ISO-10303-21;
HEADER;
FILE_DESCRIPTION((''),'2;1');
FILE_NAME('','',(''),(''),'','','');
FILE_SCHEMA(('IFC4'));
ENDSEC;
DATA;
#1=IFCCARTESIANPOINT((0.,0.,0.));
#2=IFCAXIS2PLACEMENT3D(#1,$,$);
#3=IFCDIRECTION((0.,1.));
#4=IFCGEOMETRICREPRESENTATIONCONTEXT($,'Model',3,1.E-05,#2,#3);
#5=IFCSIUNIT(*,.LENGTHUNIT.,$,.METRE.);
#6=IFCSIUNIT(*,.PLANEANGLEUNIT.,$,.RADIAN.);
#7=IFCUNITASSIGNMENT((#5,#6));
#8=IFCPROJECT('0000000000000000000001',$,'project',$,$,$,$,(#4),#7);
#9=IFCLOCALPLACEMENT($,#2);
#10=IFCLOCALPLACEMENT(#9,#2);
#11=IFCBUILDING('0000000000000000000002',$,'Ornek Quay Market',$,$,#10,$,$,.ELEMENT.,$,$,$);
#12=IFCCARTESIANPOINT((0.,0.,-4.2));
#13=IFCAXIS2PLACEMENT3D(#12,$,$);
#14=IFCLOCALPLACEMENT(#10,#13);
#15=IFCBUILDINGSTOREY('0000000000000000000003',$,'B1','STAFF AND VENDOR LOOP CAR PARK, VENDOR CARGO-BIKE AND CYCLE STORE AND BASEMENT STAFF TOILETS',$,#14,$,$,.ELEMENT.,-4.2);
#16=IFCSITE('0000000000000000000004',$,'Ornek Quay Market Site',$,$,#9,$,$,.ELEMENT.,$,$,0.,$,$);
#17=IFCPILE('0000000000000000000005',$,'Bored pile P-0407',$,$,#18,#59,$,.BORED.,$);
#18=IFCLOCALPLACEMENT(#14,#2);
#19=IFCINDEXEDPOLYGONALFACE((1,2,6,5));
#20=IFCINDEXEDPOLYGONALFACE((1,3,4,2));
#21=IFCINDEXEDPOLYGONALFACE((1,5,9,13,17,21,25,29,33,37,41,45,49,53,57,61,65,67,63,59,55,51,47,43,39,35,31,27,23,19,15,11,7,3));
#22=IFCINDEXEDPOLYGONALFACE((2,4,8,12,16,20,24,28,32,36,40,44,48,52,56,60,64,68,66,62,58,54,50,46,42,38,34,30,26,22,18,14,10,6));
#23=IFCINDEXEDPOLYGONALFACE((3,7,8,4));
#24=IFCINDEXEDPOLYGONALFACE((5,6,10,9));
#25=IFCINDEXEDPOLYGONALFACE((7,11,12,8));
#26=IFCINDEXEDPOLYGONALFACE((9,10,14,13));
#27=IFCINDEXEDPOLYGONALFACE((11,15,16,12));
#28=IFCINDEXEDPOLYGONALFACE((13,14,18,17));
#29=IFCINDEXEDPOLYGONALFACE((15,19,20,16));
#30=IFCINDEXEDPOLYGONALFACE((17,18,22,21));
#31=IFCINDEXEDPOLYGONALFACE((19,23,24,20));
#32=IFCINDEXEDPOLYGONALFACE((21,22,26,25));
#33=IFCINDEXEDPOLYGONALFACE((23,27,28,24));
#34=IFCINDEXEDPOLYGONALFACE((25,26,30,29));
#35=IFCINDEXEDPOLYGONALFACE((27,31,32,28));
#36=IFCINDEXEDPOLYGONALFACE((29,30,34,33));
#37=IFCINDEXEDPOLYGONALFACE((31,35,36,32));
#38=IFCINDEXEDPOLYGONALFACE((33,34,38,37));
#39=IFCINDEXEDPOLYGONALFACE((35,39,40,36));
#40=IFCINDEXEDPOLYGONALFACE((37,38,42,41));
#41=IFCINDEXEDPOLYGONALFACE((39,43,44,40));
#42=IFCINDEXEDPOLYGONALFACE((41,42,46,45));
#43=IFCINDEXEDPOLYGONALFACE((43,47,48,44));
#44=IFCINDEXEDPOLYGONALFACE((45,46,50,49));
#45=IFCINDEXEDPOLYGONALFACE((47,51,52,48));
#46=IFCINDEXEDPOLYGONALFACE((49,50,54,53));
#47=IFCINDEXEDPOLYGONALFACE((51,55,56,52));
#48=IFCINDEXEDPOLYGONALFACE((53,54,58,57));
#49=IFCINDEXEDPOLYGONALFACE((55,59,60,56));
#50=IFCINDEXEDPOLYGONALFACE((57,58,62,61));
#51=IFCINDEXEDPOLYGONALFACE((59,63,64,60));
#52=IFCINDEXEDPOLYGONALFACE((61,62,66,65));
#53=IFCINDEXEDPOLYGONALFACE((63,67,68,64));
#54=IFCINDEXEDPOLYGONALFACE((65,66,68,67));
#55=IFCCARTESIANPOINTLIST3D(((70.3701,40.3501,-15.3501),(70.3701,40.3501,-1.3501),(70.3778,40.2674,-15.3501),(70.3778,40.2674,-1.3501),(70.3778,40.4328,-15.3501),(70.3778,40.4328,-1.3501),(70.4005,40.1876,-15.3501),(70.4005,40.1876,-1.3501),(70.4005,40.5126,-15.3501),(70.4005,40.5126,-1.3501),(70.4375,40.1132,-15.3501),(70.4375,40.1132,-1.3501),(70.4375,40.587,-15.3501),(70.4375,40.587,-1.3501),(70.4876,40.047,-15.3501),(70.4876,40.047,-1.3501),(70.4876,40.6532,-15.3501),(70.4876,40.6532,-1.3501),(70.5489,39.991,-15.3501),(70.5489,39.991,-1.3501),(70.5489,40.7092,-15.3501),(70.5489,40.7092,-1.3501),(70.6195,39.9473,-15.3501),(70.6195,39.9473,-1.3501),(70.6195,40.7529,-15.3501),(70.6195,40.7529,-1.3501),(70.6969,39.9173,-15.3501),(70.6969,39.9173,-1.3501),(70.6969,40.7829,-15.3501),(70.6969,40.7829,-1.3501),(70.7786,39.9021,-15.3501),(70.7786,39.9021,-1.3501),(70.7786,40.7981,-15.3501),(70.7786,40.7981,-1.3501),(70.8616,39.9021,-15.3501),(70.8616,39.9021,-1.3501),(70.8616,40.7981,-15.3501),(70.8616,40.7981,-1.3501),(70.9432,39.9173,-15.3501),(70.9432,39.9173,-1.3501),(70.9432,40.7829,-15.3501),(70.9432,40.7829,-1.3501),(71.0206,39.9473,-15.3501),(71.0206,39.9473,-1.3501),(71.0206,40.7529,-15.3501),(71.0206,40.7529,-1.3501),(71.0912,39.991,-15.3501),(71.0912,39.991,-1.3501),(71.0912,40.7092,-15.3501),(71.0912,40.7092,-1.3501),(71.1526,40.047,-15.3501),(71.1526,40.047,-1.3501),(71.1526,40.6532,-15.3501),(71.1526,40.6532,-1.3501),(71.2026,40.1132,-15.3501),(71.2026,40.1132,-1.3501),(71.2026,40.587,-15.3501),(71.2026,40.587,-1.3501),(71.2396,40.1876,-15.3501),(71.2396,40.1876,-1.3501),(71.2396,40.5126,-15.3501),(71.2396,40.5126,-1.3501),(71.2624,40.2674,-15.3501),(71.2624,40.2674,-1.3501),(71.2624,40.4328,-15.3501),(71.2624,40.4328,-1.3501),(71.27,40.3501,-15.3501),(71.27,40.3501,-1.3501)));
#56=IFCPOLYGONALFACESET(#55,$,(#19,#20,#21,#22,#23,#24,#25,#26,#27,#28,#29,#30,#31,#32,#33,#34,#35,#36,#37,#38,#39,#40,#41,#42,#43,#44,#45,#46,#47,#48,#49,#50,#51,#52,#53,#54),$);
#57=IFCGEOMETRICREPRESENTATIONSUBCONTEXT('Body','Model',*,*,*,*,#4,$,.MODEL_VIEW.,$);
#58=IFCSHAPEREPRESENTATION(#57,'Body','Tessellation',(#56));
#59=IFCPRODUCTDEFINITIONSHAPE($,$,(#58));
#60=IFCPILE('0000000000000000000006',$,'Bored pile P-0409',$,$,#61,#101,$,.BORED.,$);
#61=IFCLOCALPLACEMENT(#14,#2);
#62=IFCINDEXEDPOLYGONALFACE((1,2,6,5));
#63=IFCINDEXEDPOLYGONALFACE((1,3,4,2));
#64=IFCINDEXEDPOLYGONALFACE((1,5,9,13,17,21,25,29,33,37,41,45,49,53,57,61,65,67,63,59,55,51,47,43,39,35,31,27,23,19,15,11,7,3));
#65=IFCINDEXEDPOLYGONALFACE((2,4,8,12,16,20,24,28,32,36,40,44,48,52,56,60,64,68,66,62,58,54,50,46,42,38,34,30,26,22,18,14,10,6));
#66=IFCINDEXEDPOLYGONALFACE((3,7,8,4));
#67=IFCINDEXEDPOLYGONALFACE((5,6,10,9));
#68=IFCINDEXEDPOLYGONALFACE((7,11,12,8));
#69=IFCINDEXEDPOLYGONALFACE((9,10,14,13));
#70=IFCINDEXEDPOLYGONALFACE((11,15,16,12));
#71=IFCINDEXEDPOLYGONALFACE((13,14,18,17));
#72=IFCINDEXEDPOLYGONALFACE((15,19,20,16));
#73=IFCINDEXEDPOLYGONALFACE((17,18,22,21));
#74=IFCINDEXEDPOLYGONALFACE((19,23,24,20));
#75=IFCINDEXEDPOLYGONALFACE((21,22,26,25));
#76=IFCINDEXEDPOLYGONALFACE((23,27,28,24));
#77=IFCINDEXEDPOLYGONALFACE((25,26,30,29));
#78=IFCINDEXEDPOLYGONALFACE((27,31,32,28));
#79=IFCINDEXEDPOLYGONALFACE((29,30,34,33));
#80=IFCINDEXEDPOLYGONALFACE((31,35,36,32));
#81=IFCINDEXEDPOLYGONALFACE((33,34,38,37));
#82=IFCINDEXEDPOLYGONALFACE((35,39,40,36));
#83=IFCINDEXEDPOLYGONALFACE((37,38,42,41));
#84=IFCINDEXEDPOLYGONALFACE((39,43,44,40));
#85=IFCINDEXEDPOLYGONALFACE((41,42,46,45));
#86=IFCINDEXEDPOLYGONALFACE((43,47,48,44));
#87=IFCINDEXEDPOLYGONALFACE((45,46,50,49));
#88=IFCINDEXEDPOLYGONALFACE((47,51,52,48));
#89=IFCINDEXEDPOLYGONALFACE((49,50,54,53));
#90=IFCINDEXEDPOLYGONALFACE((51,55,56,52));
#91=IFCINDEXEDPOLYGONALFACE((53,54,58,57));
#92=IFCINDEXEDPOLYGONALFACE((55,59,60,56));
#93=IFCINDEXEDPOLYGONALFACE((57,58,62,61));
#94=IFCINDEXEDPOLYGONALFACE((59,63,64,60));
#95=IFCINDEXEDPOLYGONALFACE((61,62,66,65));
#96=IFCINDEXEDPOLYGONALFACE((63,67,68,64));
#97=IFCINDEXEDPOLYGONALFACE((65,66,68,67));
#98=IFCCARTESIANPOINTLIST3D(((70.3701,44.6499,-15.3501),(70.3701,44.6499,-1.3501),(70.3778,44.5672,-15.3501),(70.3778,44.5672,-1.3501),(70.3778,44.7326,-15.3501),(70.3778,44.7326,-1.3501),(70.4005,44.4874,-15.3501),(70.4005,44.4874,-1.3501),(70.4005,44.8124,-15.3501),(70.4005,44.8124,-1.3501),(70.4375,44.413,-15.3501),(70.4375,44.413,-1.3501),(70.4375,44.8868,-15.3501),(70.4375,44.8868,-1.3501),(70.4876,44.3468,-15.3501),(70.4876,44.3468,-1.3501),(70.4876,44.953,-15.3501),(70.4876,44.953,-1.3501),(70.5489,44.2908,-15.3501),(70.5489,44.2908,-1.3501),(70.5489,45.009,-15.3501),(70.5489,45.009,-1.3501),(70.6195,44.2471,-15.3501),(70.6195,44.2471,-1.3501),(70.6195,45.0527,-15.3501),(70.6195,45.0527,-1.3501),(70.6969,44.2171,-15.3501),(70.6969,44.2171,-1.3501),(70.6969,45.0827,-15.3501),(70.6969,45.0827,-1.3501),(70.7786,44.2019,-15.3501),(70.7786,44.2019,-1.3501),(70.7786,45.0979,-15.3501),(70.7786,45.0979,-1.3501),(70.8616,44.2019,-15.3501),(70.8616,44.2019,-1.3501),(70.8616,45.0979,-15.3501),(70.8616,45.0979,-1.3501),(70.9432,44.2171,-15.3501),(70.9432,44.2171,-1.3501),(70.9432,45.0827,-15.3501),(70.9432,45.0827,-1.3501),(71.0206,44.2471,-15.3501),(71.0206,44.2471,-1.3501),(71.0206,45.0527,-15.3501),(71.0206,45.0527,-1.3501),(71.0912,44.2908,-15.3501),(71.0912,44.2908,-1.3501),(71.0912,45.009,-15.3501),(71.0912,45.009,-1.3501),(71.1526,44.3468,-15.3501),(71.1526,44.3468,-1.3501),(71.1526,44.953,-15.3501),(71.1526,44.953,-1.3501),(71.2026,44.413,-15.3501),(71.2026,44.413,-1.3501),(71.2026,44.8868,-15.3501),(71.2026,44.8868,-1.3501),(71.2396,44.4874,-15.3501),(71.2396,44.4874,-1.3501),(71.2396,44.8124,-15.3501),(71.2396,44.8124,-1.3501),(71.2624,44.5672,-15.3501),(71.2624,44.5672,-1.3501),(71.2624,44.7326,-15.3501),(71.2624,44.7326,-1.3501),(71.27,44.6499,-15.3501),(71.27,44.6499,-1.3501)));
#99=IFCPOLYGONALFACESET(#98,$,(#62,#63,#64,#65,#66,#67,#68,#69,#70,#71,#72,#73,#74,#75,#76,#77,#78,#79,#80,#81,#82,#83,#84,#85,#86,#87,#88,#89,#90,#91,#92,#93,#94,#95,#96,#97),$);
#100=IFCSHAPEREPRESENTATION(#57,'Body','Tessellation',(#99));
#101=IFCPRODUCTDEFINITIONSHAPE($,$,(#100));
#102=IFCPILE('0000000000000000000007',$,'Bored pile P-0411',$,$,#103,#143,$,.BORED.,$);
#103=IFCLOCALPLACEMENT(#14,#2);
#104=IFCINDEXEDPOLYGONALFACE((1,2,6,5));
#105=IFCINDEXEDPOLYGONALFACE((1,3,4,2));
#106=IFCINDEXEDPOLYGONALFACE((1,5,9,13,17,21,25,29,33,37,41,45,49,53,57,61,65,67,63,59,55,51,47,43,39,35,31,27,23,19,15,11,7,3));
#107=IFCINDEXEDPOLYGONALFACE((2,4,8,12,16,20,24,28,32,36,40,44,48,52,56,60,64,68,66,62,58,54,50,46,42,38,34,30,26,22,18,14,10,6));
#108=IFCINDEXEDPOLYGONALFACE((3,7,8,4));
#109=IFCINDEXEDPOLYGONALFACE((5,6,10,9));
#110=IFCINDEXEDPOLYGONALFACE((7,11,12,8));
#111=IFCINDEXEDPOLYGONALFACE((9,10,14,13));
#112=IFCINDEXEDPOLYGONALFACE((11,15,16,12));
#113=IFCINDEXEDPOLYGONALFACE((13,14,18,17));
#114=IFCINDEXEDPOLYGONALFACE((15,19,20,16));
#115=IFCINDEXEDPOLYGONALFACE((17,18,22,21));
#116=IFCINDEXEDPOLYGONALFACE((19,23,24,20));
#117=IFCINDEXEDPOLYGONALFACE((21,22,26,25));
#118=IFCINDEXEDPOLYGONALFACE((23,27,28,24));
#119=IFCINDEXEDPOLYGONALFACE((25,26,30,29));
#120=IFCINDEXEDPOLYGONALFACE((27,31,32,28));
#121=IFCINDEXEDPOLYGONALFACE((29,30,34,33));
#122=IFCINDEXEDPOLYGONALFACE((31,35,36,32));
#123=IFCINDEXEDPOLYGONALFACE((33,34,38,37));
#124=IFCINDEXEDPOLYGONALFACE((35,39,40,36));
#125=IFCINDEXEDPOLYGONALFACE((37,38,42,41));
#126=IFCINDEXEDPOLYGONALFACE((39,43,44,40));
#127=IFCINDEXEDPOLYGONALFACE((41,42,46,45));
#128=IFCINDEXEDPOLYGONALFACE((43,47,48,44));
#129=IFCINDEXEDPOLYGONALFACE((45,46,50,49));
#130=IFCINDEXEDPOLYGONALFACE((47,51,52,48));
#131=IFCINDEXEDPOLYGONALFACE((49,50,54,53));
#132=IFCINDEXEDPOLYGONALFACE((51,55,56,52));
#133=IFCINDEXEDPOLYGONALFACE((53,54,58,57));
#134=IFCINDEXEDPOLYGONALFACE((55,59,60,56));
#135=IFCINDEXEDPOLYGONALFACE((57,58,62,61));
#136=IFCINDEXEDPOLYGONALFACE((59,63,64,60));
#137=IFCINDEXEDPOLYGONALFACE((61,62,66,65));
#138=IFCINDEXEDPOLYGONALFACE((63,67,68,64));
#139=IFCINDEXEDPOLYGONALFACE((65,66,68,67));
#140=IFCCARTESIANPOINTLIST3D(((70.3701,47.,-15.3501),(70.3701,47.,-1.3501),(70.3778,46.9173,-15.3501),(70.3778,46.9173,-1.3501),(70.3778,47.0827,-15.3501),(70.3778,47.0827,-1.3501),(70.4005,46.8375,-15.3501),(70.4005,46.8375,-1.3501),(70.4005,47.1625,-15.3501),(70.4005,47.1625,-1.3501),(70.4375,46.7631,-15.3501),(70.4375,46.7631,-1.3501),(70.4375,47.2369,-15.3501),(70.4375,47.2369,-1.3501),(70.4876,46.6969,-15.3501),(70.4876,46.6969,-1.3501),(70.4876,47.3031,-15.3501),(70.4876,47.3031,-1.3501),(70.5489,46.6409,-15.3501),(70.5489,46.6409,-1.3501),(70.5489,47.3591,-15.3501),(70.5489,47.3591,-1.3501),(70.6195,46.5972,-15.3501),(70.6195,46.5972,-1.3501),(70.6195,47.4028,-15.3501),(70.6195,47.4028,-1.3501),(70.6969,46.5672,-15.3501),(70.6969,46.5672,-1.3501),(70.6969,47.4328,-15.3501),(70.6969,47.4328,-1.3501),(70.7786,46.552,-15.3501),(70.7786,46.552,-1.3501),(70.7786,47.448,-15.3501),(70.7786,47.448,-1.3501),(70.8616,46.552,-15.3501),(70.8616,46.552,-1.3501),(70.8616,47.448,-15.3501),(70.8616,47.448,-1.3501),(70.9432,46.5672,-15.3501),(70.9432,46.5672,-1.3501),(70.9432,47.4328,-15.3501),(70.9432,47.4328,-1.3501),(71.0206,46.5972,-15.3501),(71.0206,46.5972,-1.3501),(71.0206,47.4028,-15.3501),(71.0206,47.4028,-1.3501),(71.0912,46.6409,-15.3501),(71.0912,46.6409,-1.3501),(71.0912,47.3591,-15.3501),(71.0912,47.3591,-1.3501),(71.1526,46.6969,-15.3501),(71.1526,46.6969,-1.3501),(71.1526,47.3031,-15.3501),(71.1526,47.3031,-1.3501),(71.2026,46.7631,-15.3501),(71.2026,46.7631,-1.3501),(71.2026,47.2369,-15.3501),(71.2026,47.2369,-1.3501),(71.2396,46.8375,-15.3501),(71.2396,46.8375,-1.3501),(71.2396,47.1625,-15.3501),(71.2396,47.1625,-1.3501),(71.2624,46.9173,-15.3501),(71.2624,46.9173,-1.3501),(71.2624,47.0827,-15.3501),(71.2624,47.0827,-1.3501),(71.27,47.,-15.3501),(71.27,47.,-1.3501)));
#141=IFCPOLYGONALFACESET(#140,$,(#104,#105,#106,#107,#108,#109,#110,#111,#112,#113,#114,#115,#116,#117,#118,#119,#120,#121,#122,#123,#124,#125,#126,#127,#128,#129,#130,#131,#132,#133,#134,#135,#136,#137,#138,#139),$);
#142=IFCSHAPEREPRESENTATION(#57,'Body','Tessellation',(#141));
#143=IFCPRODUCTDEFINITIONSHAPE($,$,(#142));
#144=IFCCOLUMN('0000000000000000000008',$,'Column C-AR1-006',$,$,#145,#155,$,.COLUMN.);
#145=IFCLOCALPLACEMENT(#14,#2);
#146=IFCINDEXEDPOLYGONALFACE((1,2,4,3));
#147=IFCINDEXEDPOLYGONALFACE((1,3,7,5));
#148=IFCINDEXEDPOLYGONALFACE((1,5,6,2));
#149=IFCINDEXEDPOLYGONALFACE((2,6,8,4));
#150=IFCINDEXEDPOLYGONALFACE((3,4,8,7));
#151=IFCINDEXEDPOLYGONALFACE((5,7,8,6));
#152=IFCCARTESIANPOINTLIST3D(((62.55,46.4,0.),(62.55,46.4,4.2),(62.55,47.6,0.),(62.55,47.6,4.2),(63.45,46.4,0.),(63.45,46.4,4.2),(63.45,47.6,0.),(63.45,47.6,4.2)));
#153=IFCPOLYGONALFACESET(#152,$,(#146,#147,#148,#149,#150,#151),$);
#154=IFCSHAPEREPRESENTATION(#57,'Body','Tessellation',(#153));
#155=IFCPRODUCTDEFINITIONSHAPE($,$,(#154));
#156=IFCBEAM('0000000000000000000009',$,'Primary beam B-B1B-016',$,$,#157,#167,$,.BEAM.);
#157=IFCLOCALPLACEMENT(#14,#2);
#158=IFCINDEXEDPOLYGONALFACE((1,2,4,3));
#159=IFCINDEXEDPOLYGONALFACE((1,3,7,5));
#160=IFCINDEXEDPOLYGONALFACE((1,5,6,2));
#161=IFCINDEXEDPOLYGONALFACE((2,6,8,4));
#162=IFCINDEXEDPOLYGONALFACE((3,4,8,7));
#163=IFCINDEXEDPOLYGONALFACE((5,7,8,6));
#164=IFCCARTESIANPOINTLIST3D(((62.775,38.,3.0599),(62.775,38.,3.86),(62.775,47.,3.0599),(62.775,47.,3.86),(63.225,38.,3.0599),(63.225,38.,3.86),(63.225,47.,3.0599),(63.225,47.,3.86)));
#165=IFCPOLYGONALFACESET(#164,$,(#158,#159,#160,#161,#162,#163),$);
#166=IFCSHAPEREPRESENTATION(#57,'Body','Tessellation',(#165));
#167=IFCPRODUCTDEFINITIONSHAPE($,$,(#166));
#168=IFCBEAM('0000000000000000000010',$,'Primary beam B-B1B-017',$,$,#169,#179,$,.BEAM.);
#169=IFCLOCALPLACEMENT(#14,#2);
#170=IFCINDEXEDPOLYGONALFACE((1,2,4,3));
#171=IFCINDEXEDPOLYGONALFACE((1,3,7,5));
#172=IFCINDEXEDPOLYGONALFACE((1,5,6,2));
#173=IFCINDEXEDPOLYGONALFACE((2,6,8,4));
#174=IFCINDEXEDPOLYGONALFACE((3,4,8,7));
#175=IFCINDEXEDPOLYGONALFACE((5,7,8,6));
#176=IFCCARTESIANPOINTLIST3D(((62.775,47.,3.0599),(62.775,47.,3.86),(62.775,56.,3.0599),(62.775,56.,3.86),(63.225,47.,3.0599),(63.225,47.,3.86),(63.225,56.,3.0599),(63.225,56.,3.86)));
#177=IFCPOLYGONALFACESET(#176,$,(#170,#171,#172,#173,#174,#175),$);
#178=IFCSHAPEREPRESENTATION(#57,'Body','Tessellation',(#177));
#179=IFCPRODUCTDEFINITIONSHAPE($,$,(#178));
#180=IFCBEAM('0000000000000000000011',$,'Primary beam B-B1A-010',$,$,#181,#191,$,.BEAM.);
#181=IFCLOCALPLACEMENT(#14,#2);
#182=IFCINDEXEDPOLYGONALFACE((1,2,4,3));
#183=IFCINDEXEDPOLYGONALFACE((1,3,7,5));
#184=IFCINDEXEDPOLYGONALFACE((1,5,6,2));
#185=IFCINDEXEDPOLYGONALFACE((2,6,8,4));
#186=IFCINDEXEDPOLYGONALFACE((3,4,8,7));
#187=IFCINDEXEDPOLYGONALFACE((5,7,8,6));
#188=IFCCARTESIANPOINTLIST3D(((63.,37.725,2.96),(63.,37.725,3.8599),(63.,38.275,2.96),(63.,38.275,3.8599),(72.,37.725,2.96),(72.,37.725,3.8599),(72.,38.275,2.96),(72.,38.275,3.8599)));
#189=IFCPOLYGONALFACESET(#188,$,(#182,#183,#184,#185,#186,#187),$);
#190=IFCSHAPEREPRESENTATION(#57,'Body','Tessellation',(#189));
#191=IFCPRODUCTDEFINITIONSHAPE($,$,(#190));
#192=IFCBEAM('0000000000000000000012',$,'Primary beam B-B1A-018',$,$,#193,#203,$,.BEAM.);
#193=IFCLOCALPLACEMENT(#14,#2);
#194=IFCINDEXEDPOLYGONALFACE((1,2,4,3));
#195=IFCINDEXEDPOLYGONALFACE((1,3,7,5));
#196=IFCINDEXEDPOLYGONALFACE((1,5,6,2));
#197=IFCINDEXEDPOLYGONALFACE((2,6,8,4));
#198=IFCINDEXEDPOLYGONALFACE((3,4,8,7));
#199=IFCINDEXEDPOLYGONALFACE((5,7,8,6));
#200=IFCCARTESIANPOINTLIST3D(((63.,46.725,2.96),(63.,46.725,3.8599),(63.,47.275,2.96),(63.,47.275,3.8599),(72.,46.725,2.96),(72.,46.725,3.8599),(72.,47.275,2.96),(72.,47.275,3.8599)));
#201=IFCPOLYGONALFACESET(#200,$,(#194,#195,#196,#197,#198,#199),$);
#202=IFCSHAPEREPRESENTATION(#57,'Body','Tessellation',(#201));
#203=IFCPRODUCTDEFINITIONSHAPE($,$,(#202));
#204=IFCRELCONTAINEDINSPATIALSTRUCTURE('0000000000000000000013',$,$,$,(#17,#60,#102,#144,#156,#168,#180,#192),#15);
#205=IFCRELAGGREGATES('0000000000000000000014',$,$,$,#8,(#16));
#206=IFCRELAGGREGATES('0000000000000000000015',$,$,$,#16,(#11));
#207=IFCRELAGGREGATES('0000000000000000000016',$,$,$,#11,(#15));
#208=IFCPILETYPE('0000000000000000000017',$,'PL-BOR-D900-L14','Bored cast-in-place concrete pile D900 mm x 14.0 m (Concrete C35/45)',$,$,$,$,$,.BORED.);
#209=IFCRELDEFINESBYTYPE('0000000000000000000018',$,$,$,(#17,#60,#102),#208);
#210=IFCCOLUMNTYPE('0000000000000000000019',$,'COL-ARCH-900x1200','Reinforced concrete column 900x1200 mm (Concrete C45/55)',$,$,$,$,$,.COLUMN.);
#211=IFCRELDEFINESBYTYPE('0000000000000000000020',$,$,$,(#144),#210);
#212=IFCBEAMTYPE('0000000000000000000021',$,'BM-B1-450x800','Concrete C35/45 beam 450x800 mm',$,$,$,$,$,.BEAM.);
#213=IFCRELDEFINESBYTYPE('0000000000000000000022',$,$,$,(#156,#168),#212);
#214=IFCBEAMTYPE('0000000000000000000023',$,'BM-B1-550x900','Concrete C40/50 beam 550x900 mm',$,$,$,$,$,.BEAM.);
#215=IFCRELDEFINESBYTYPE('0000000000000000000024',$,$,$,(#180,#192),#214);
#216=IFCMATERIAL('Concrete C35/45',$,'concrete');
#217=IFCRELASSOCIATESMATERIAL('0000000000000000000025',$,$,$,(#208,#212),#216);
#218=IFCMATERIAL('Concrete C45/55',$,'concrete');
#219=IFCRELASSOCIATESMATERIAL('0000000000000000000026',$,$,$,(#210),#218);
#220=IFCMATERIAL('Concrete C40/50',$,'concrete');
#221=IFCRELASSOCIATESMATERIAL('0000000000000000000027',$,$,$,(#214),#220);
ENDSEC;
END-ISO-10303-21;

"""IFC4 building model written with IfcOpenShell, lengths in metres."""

from ifc_helpers import new_model, si_unit, direction, frame, origin, origin_2d, place, context, subcontext, project, spatial, rectangle, circle, extrude, material, material_profile, profile_set, type_object, element, save


model = new_model("IFC4")

# Units and contexts
model_context = context("Model", 3, precision=1e-05, world=origin(), true_north=direction((0.0, 1.0)))
body_context = subcontext(model_context, "Body", "Model", "MODEL_VIEW")
ifc_project = project(units=[si_unit("LENGTHUNIT", "METRE"), si_unit("PLANEANGLEUNIT", "RADIAN")], contexts=[model_context])

# Site, building, storey
site_placement = place(None, origin())
site = spatial("IfcSite", under=ifc_project, at=site_placement, Name="Ornek Quay Market Site", CompositionType="ELEMENT", RefElevation=0.0)
building_placement = place(site_placement, origin())
building = spatial("IfcBuilding", under=site, at=building_placement, Name="Ornek Quay Market", CompositionType="ELEMENT")
storey_placement = place(building_placement, frame((0.0, 0.0, -4.2)))
storey = spatial("IfcBuildingStorey", under=building, at=storey_placement, Name="B1", Description="STAFF AND VENDOR LOOP CAR PARK, VENDOR CARGO-BIKE AND CYCLE STORE AND BASEMENT STAFF TOILETS", CompositionType="ELEMENT", Elevation=-4.2)

# Piles
ifc_material_1 = material(Name="Concrete C35/45", Category="concrete")
ifc_material_profile_1 = material_profile(ifc_material_1, circle(Radius=0.45, at=origin_2d()), Name="PILE D900", Category="concrete")
ifc_profile_set_1 = profile_set([ifc_material_profile_1], Name="Concrete C35/45")
pile_type_1 = type_object("IfcPileType", Name="PL-BOR-D900-L14", Description="Bored cast-in-place concrete pile D900 mm x 14.0 m (Concrete C35/45)", PredefinedType="BORED", material=ifc_profile_set_1)
for number, where, z_axis, x_axis, name in (
    (1, (70.8201, 40.3501, -1.3501), (0.0, 0.0, -1.0), (1.0, 0.0, 0.0), "Bored pile P-0407"),
    (2, (70.8201, 44.6499, -1.3501), (0.0, 0.0, -1.0), (1.0, 0.0, 0.0), "Bored pile P-0409"),
    (3, (70.8201, 47.0, -1.3501), (0.0, 0.0, -1.0), (1.0, 0.0, 0.0), "Bored pile P-0411"),
):
    element("IfcPile", number, at=place(storey_placement, frame(where, z_axis=z_axis, x_axis=x_axis)), inside=storey, type_object=pile_type_1, Name=name, PredefinedType="BORED", context=body_context, shape_type="SweptSolid", body=[
        extrude(circle(Radius=0.45, at=origin_2d()), origin(), (0.0, 0.0, 1.0), 14.0),
    ])

# Column
ifc_material_2 = material(Name="Concrete C45/55", Category="concrete")
ifc_material_profile_2 = material_profile(ifc_material_2, rectangle(XDim=0.8999, YDim=1.2, at=origin_2d()), Name="RC 900x1200", Category="concrete")
ifc_profile_set_2 = profile_set([ifc_material_profile_2], Name="Concrete C45/55")
column_type = type_object("IfcColumnType", Name="COL-ARCH-900x1200", Description="Reinforced concrete column 900x1200 mm (Concrete C45/55)", PredefinedType="COLUMN", material=ifc_profile_set_2)
column_placement = place(storey_placement, frame((63.0, 47.0, 0.0), z_axis=(0.0, 0.0, 1.0), x_axis=(1.0, 0.0, 0.0)))
element("IfcColumn", 4, at=column_placement, inside=storey, type_object=column_type, Name="Column C-AR1-006", PredefinedType="COLUMN", context=body_context, shape_type="SweptSolid", body=[
    extrude(rectangle(XDim=0.8999, YDim=1.2, at=origin_2d()), origin(), (0.0, 0.0, 1.0), 4.2),
])

# Beams
ifc_material_profile_3 = material_profile(ifc_material_1, rectangle(XDim=0.45, YDim=0.8, at=origin_2d()), Name="RC 450x800", Category="concrete")
ifc_profile_set_3 = profile_set([ifc_material_profile_3], Name="Concrete C35/45")
beam_type_1 = type_object("IfcBeamType", Name="BM-B1-450x800", Description="Concrete C35/45 beam 450x800 mm", PredefinedType="BEAM", material=ifc_profile_set_3)
for number, where, z_axis, x_axis, name in (
    (5, (63.0, 38.0, 3.46), (0.0, 1.0, 0.0), (-1.0, 0.0, 0.0), "Primary beam B-B1B-016"),
    (6, (63.0, 47.0, 3.46), (0.0, 1.0, 0.0), (-1.0, 0.0, 0.0), "Primary beam B-B1B-017"),
):
    element("IfcBeam", number, at=place(storey_placement, frame(where, z_axis=z_axis, x_axis=x_axis)), inside=storey, type_object=beam_type_1, Name=name, PredefinedType="BEAM", context=body_context, shape_type="SweptSolid", body=[
        extrude(rectangle(XDim=0.45, YDim=0.8, at=origin_2d()), origin(), (0.0, 0.0, 1.0), 9.0),
    ])
ifc_material_3 = material(Name="Concrete C40/50", Category="concrete")
ifc_material_profile_4 = material_profile(ifc_material_3, rectangle(XDim=0.55, YDim=0.8999, at=origin_2d()), Name="RC 550x900", Category="concrete")
ifc_profile_set_4 = profile_set([ifc_material_profile_4], Name="Concrete C40/50")
beam_type_2 = type_object("IfcBeamType", Name="BM-B1-550x900", Description="Concrete C40/50 beam 550x900 mm", PredefinedType="BEAM", material=ifc_profile_set_4)
for number, where, z_axis, x_axis, name in (
    (7, (63.0, 38.0, 3.4099), (1.0, 0.0, 0.0), (0.0, 1.0, 0.0), "Primary beam B-B1A-010"),
    (8, (63.0, 47.0, 3.4099), (1.0, 0.0, 0.0), (0.0, 1.0, 0.0), "Primary beam B-B1A-018"),
):
    element("IfcBeam", number, at=place(storey_placement, frame(where, z_axis=z_axis, x_axis=x_axis)), inside=storey, type_object=beam_type_2, Name=name, PredefinedType="BEAM", context=body_context, shape_type="SweptSolid", body=[
        extrude(rectangle(XDim=0.55, YDim=0.8999, at=origin_2d()), origin(), (0.0, 0.0, 1.0), 9.0),
    ])

save(model, "model.ifc")
